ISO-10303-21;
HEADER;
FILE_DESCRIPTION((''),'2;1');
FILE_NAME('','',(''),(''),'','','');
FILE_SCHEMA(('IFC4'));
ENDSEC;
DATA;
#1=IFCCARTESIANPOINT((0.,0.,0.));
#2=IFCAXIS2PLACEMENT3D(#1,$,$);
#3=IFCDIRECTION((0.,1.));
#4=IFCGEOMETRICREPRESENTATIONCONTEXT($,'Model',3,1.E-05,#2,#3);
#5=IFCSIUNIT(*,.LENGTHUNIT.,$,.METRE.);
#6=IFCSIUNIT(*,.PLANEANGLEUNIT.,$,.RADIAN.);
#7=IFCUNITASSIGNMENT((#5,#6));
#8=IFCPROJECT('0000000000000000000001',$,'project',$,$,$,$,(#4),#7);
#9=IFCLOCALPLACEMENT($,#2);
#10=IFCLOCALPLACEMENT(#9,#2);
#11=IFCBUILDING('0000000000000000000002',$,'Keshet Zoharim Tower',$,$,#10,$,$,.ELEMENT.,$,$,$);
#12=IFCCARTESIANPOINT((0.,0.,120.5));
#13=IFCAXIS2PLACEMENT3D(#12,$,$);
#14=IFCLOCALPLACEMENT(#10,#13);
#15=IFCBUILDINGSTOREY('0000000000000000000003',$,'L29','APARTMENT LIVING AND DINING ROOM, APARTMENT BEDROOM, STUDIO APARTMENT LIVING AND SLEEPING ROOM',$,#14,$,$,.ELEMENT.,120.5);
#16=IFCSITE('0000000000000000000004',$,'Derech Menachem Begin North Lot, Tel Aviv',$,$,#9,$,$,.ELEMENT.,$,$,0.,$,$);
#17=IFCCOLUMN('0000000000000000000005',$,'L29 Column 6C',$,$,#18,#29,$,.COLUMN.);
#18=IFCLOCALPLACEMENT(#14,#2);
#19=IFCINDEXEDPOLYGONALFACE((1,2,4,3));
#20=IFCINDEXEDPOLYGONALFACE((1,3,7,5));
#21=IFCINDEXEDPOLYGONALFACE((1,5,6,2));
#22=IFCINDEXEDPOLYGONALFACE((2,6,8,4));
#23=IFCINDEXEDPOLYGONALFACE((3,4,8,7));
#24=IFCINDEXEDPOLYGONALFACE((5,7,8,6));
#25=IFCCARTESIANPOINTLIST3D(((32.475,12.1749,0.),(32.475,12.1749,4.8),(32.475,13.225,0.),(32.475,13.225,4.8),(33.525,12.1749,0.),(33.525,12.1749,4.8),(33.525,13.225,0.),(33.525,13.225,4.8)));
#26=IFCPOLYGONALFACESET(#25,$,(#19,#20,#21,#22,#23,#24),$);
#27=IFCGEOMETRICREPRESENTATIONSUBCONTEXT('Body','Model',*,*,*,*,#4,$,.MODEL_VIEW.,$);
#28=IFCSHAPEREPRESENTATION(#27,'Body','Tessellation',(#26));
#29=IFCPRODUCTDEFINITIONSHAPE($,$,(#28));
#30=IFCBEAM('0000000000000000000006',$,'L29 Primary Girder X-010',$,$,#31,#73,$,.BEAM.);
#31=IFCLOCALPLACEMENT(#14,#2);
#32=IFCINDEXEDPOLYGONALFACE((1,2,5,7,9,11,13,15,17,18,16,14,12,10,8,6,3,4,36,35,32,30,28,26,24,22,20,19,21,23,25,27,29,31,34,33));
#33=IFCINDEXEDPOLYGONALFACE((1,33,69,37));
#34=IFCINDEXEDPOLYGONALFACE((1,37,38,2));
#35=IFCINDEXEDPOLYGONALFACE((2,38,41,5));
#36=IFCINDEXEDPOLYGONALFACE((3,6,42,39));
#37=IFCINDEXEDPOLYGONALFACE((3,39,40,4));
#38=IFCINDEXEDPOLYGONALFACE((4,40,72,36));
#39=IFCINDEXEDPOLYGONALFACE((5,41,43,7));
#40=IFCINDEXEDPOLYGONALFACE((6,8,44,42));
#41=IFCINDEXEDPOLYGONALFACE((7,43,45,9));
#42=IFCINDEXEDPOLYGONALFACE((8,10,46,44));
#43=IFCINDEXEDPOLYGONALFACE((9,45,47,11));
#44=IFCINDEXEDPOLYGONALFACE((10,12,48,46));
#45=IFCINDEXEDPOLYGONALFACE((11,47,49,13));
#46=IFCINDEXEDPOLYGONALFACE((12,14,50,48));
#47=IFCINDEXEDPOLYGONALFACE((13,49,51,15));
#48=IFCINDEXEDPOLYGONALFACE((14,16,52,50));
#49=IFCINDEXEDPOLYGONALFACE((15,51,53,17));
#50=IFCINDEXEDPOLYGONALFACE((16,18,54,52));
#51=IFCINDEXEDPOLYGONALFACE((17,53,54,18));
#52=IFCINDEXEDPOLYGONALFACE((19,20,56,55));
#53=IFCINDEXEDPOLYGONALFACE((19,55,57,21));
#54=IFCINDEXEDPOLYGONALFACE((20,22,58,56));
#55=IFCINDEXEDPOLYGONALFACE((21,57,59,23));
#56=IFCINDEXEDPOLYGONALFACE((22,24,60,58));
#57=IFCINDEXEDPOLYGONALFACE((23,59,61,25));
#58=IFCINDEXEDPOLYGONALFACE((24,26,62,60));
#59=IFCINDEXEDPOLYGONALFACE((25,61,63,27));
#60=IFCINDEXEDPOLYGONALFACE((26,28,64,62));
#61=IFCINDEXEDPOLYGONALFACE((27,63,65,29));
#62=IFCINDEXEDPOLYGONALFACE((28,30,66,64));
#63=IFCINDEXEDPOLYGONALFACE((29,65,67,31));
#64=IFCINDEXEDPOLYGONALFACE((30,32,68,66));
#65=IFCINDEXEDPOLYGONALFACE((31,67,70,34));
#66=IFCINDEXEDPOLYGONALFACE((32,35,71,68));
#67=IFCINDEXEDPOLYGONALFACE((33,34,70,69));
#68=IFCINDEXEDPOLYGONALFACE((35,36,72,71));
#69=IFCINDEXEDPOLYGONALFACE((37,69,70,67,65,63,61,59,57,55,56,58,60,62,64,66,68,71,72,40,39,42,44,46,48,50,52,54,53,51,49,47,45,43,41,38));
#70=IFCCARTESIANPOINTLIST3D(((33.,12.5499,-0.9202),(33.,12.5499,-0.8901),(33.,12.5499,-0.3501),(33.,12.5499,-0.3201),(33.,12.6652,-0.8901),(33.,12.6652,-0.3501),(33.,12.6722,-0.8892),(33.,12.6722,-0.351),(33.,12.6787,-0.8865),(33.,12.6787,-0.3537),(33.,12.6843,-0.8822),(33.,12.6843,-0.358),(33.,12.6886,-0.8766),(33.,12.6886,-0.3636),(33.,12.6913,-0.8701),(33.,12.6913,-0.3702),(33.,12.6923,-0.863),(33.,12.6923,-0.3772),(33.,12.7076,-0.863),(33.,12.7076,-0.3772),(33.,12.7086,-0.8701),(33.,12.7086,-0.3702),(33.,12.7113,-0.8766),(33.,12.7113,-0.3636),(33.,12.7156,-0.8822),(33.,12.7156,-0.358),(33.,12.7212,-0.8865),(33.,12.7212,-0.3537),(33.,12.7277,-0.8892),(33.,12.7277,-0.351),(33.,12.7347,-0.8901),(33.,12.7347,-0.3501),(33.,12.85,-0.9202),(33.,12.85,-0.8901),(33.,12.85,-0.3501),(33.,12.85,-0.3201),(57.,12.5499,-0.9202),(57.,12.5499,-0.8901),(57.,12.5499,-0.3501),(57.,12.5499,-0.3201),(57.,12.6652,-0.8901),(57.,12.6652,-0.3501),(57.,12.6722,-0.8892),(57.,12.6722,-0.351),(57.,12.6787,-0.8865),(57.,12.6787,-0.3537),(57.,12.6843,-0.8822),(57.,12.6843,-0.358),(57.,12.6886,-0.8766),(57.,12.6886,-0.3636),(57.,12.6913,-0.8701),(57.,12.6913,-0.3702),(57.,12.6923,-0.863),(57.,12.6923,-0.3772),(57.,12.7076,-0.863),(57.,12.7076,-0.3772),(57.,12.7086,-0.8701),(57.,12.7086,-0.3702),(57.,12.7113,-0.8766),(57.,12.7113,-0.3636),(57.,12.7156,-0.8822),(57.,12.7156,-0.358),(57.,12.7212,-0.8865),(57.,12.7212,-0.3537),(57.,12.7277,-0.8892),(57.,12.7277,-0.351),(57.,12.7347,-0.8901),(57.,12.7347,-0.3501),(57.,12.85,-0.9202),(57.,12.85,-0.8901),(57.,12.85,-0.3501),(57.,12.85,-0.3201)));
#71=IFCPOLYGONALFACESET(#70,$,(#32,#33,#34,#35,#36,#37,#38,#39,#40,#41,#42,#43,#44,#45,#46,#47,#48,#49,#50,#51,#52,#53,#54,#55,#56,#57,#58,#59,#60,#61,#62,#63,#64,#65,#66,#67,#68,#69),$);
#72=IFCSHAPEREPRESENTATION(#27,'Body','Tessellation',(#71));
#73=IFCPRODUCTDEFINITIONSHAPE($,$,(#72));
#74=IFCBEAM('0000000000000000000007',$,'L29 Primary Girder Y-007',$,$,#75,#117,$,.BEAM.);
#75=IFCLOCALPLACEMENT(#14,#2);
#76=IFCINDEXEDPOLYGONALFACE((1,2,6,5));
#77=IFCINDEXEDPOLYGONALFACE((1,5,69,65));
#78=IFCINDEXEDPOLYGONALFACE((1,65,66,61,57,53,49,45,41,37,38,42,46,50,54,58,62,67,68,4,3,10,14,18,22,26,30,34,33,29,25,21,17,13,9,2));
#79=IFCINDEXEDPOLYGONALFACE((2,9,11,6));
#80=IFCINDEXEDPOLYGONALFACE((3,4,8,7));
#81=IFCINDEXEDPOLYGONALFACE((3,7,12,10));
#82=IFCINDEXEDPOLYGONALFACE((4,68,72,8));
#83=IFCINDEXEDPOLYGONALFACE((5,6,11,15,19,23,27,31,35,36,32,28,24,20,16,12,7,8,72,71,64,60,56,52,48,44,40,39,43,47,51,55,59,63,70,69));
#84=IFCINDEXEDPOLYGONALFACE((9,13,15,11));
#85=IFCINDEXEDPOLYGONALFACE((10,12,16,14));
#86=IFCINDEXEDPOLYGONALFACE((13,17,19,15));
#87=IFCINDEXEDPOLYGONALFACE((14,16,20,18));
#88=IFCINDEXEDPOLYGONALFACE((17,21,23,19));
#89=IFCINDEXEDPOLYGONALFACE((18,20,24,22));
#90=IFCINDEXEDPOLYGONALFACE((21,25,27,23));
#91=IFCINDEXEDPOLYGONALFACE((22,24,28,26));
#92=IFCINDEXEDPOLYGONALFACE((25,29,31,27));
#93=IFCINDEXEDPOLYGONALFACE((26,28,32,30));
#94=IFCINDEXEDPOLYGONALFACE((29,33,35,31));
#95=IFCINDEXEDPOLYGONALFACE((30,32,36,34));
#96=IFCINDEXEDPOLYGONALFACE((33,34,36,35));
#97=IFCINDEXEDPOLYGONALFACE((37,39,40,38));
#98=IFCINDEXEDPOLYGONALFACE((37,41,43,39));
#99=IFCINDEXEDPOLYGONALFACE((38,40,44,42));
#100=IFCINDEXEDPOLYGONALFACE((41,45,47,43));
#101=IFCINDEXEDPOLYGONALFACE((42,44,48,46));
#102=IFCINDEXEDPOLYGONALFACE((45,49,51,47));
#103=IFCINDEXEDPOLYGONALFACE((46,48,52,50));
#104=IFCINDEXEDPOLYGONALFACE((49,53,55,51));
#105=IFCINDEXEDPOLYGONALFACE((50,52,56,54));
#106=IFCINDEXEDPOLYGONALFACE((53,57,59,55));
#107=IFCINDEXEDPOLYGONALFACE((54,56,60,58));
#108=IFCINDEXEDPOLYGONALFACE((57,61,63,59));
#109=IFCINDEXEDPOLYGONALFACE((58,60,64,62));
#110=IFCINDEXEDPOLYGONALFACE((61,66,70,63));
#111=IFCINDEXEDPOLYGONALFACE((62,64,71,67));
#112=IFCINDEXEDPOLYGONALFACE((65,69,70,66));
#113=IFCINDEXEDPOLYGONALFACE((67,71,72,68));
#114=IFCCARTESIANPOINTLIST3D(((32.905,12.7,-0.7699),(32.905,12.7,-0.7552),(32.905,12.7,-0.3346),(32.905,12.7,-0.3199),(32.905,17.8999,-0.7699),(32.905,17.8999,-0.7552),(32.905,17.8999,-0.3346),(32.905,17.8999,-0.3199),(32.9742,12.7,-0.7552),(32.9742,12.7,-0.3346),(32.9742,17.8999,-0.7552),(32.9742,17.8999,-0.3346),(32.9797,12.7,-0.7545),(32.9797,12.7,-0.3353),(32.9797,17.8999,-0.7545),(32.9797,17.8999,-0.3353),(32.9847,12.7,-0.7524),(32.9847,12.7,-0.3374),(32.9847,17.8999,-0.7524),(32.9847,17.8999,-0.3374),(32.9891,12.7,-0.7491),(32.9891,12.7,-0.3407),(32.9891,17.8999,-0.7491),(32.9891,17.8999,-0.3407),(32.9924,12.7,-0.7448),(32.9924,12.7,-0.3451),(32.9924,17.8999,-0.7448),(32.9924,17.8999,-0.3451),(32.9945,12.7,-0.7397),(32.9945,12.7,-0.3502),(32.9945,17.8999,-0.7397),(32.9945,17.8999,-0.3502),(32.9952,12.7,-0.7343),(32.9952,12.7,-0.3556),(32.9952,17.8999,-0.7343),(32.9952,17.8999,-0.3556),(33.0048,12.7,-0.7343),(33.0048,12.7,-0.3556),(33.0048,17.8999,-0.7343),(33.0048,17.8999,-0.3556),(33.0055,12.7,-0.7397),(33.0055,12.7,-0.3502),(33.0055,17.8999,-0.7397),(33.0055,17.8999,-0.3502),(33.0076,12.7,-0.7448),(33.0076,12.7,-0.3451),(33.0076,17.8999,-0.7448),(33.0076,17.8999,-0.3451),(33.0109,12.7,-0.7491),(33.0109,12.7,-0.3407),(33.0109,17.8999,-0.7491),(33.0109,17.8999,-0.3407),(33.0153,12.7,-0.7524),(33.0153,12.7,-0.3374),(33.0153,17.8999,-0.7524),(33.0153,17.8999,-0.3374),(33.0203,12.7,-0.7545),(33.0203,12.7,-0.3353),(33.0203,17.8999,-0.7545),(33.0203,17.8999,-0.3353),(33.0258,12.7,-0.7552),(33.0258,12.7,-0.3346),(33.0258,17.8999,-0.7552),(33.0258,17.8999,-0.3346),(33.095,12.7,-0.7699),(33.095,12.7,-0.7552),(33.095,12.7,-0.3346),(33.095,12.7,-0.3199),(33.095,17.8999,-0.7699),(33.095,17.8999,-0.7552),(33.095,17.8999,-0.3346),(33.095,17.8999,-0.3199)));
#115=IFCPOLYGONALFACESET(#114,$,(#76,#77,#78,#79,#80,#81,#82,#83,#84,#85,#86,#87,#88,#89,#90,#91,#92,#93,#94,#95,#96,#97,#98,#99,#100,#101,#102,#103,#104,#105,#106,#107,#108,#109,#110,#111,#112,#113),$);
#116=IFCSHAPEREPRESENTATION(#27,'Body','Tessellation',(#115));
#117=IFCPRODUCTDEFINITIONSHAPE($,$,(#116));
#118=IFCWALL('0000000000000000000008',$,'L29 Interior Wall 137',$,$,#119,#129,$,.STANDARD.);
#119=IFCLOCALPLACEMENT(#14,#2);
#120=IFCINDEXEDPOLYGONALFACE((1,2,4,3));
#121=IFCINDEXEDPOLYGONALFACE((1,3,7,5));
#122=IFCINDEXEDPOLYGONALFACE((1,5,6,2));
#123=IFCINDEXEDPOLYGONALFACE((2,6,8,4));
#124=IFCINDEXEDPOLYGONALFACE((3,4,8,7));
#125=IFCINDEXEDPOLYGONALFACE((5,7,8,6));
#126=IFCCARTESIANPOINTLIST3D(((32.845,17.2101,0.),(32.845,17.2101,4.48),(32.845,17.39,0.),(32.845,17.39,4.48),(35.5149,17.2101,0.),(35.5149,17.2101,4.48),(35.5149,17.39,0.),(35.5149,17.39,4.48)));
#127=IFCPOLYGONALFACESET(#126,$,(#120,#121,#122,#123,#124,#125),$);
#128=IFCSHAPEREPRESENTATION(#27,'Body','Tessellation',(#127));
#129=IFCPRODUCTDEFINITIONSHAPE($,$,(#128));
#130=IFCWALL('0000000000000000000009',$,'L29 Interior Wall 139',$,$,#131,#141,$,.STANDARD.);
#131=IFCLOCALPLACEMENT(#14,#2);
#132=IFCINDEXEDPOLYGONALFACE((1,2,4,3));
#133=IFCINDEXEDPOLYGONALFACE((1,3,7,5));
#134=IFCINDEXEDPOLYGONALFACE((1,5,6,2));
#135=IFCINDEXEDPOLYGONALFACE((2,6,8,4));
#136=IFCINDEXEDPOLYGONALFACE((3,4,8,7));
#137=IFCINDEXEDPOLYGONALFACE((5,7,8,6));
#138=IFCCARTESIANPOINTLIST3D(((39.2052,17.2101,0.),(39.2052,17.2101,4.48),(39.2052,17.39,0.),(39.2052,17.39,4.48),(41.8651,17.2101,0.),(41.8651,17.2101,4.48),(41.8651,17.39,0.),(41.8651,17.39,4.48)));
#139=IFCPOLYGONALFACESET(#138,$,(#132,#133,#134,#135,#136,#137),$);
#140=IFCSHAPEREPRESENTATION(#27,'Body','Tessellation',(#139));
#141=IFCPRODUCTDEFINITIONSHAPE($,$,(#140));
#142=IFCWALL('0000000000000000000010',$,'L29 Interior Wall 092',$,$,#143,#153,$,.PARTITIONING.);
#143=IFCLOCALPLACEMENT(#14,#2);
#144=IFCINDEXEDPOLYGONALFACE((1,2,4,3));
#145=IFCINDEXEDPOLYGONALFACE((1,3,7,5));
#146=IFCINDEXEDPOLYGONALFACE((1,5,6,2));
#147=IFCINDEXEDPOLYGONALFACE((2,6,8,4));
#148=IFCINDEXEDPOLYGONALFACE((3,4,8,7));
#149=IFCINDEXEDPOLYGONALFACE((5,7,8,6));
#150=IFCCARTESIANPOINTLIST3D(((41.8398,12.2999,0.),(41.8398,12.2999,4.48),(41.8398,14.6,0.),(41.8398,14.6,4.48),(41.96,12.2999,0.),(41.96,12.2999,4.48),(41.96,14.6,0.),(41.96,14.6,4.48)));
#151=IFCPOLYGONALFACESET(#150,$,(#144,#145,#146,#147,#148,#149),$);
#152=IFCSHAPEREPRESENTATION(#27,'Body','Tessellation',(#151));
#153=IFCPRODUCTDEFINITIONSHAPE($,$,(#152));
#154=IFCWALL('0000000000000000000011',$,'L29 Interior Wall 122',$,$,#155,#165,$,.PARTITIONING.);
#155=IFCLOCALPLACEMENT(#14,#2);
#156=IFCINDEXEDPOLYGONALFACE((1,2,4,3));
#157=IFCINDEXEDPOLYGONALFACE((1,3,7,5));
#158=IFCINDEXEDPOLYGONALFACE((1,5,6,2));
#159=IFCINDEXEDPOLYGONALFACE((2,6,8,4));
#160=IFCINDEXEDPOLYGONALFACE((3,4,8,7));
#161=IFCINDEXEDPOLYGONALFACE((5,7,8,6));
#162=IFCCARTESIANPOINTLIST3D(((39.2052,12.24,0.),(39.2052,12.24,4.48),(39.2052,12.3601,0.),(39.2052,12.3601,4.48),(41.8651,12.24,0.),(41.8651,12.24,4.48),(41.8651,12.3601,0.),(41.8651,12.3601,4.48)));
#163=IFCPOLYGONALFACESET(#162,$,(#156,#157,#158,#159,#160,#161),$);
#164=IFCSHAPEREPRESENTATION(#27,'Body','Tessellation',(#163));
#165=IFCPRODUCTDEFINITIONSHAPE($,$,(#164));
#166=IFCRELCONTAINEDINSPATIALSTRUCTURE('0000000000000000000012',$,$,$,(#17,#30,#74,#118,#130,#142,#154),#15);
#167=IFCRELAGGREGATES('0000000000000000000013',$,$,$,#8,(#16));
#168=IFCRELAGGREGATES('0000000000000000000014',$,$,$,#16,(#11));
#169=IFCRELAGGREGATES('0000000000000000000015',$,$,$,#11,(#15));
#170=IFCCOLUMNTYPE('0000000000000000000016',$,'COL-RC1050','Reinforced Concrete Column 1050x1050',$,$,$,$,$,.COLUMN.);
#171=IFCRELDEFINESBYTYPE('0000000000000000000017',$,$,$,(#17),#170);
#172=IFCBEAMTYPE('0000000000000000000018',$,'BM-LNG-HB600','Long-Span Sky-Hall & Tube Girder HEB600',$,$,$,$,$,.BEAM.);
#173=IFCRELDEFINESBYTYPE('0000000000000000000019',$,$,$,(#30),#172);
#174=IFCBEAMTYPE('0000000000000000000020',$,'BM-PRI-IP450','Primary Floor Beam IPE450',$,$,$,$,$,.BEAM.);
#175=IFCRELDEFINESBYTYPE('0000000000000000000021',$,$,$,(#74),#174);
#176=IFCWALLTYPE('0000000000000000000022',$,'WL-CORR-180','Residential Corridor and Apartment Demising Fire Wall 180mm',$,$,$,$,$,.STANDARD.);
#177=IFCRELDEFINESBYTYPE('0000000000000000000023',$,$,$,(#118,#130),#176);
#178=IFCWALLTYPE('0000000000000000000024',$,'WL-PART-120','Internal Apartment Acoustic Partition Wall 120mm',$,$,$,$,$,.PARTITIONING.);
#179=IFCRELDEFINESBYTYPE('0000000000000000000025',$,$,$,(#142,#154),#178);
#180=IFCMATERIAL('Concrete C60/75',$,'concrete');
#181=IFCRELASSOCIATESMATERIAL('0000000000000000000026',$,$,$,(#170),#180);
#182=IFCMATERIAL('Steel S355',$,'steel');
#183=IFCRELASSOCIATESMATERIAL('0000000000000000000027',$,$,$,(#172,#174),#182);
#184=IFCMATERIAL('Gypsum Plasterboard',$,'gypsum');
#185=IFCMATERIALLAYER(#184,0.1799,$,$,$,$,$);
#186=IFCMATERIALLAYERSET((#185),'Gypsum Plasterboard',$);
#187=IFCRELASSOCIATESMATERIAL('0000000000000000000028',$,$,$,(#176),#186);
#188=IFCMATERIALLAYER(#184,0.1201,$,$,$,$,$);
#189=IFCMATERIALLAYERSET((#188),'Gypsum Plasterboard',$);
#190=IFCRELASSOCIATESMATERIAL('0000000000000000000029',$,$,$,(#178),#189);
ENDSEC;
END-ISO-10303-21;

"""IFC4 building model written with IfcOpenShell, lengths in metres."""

from ifc_helpers import new_model, si_unit, direction, frame, frame_2d, origin, origin_2d, place, context, subcontext, project, spatial, rectangle, i_section, extrude, material, layer, layer_set, material_profile, profile_set, type_object, element, save


model = new_model("IFC4")

# Units and contexts
model_context = context("Model", 3, precision=1e-05, world=origin(), true_north=direction((0.0, 1.0)))
body_context = subcontext(model_context, "Body", "Model", "MODEL_VIEW")
ifc_project = project(units=[si_unit("LENGTHUNIT", "METRE"), si_unit("PLANEANGLEUNIT", "RADIAN")], contexts=[model_context])

# Site, building, storey
site_placement = place(None, origin())
site = spatial("IfcSite", under=ifc_project, at=site_placement, Name="Derech Menachem Begin North Lot, Tel Aviv", CompositionType="ELEMENT", RefElevation=0.0)
building_placement = place(site_placement, origin())
building = spatial("IfcBuilding", under=site, at=building_placement, Name="Keshet Zoharim Tower", CompositionType="ELEMENT")
storey_placement = place(building_placement, frame((0.0, 0.0, 120.5)))
storey = spatial("IfcBuildingStorey", under=building, at=storey_placement, Name="L29", Description="APARTMENT LIVING AND DINING ROOM, APARTMENT BEDROOM, STUDIO APARTMENT LIVING AND SLEEPING ROOM", CompositionType="ELEMENT", Elevation=120.5)

# Column
ifc_material_1 = material(Name="Concrete C60/75", Category="concrete")
ifc_material_profile_1 = material_profile(ifc_material_1, rectangle(XDim=1.05, YDim=1.05, at=origin_2d()), Name="RC1050x1050")
ifc_profile_set_1 = profile_set([ifc_material_profile_1], Name="Concrete C60/75")
column_type = type_object("IfcColumnType", Name="COL-RC1050", Description="Reinforced Concrete Column 1050x1050", PredefinedType="COLUMN", material=ifc_profile_set_1)
column_placement = place(storey_placement, frame((33.0, 12.7, 0.0), z_axis=(0.0, 0.0, 1.0), x_axis=(1.0, 0.0, 0.0)))
element("IfcColumn", 1, at=column_placement, inside=storey, type_object=column_type, Name="L29 Column 6C", PredefinedType="COLUMN", context=body_context, shape_type="SweptSolid", body=[
    extrude(rectangle(XDim=1.05, YDim=1.05, at=origin_2d()), origin(), (0.0, 0.0, 1.0), 4.8),
])

# Beams
ifc_material_2 = material(Name="Steel S355", Category="steel")
ifc_material_profile_2 = material_profile(ifc_material_2, i_section(OverallWidth=0.3, OverallDepth=0.6001, WebThickness=0.0154, FlangeThickness=0.03, FilletRadius=0.0271, at=origin_2d()), Name="HEB600")
ifc_profile_set_2 = profile_set([ifc_material_profile_2], Name="Steel S355")
beam_type_1 = type_object("IfcBeamType", Name="BM-LNG-HB600", Description="Long-Span Sky-Hall & Tube Girder HEB600", PredefinedType="BEAM", material=ifc_profile_set_2)
beam_1_placement = place(storey_placement, frame((33.0, 12.7, -0.6201), z_axis=(1.0, 0.0, 0.0), x_axis=(0.0, 1.0, 0.0)))
element("IfcBeam", 2, at=beam_1_placement, inside=storey, type_object=beam_type_1, Name="L29 Primary Girder X-010", PredefinedType="BEAM", context=body_context, shape_type="SweptSolid", body=[
    extrude(i_section(OverallWidth=0.3, OverallDepth=0.6001, WebThickness=0.0154, FlangeThickness=0.03, FilletRadius=0.0271, at=origin_2d()), origin(), (0.0, 0.0, 1.0), 24.0),
])
ifc_material_profile_3 = material_profile(ifc_material_2, i_section(OverallWidth=0.1899, OverallDepth=0.45, WebThickness=0.0095, FlangeThickness=0.0146, FilletRadius=0.021, at=origin_2d()), Name="IPE450")
ifc_profile_set_3 = profile_set([ifc_material_profile_3], Name="Steel S355")
beam_type_2 = type_object("IfcBeamType", Name="BM-PRI-IP450", Description="Primary Floor Beam IPE450", PredefinedType="BEAM", material=ifc_profile_set_3)
beam_2_placement = place(storey_placement, frame((33.0, 12.7, -0.5449), z_axis=(0.0, 1.0, 0.0), x_axis=(-1.0, 0.0, 0.0)))
element("IfcBeam", 3, at=beam_2_placement, inside=storey, type_object=beam_type_2, Name="L29 Primary Girder Y-007", PredefinedType="BEAM", context=body_context, shape_type="SweptSolid", body=[
    extrude(i_section(OverallWidth=0.1899, OverallDepth=0.45, WebThickness=0.0095, FlangeThickness=0.0146, FilletRadius=0.021, at=origin_2d()), origin(), (0.0, 0.0, 1.0), 5.2),
])

# Shared definitions
ifc_material_3 = material(Name="Gypsum Plasterboard", Category="gypsum")
ifc_layer_1 = layer(ifc_material_3, 0.1799)
ifc_layer_set_1 = layer_set([ifc_layer_1], Name="Gypsum Plasterboard")
wall_type_1 = type_object("IfcWallType", Name="WL-CORR-180", Description="Residential Corridor and Apartment Demising Fire Wall 180mm", PredefinedType="STANDARD", material=ifc_layer_set_1)

# Wall
wall_1_placement = place(storey_placement, frame((32.845, 17.3, 0.0), z_axis=(0.0, 0.0, 1.0), x_axis=(1.0, 0.0, 0.0)))
element("IfcWall", 4, at=wall_1_placement, inside=storey, type_object=wall_type_1, Name="L29 Interior Wall 137", PredefinedType="STANDARD", context=body_context, shape_type="SweptSolid", body=[
    extrude(rectangle(XDim=2.6699, YDim=0.1799, at=frame_2d((1.335, 0.0))), origin(), (0.0, 0.0, 1.0), 4.48),
])

# Walls
wall_2_placement = place(storey_placement, frame((39.2051, 17.3, 0.0), z_axis=(0.0, 0.0, 1.0), x_axis=(1.0, 0.0, 0.0)))
element("IfcWall", 5, at=wall_2_placement, inside=storey, type_object=wall_type_1, Name="L29 Interior Wall 139", PredefinedType="STANDARD", context=body_context, shape_type="SweptSolid", body=[
    extrude(rectangle(XDim=2.6599, YDim=0.1799, at=frame_2d((1.3301, 0.0))), origin(), (0.0, 0.0, 1.0), 4.48),
])
ifc_layer_2 = layer(ifc_material_3, 0.1201)
ifc_layer_set_2 = layer_set([ifc_layer_2], Name="Gypsum Plasterboard")
wall_type_2 = type_object("IfcWallType", Name="WL-PART-120", Description="Internal Apartment Acoustic Partition Wall 120mm", PredefinedType="PARTITIONING", material=ifc_layer_set_2)
wall_3_placement = place(storey_placement, frame((41.8999, 12.3, 0.0), z_axis=(0.0, 0.0, 1.0), x_axis=(0.0, 1.0, 0.0)))
element("IfcWall", 6, at=wall_3_placement, inside=storey, type_object=wall_type_2, Name="L29 Interior Wall 092", PredefinedType="PARTITIONING", context=body_context, shape_type="SweptSolid", body=[
    extrude(rectangle(XDim=2.3, YDim=0.1201, at=frame_2d((1.1499, 0.0))), origin(), (0.0, 0.0, 1.0), 4.48),
])
wall_4_placement = place(storey_placement, frame((39.2051, 12.3, 0.0), z_axis=(0.0, 0.0, 1.0), x_axis=(1.0, 0.0, 0.0)))
element("IfcWall", 7, at=wall_4_placement, inside=storey, type_object=wall_type_2, Name="L29 Interior Wall 122", PredefinedType="PARTITIONING", context=body_context, shape_type="SweptSolid", body=[
    extrude(rectangle(XDim=2.6599, YDim=0.1201, at=frame_2d((1.3301, 0.0))), origin(), (0.0, 0.0, 1.0), 4.48),
])

save(model, "model.ifc")
